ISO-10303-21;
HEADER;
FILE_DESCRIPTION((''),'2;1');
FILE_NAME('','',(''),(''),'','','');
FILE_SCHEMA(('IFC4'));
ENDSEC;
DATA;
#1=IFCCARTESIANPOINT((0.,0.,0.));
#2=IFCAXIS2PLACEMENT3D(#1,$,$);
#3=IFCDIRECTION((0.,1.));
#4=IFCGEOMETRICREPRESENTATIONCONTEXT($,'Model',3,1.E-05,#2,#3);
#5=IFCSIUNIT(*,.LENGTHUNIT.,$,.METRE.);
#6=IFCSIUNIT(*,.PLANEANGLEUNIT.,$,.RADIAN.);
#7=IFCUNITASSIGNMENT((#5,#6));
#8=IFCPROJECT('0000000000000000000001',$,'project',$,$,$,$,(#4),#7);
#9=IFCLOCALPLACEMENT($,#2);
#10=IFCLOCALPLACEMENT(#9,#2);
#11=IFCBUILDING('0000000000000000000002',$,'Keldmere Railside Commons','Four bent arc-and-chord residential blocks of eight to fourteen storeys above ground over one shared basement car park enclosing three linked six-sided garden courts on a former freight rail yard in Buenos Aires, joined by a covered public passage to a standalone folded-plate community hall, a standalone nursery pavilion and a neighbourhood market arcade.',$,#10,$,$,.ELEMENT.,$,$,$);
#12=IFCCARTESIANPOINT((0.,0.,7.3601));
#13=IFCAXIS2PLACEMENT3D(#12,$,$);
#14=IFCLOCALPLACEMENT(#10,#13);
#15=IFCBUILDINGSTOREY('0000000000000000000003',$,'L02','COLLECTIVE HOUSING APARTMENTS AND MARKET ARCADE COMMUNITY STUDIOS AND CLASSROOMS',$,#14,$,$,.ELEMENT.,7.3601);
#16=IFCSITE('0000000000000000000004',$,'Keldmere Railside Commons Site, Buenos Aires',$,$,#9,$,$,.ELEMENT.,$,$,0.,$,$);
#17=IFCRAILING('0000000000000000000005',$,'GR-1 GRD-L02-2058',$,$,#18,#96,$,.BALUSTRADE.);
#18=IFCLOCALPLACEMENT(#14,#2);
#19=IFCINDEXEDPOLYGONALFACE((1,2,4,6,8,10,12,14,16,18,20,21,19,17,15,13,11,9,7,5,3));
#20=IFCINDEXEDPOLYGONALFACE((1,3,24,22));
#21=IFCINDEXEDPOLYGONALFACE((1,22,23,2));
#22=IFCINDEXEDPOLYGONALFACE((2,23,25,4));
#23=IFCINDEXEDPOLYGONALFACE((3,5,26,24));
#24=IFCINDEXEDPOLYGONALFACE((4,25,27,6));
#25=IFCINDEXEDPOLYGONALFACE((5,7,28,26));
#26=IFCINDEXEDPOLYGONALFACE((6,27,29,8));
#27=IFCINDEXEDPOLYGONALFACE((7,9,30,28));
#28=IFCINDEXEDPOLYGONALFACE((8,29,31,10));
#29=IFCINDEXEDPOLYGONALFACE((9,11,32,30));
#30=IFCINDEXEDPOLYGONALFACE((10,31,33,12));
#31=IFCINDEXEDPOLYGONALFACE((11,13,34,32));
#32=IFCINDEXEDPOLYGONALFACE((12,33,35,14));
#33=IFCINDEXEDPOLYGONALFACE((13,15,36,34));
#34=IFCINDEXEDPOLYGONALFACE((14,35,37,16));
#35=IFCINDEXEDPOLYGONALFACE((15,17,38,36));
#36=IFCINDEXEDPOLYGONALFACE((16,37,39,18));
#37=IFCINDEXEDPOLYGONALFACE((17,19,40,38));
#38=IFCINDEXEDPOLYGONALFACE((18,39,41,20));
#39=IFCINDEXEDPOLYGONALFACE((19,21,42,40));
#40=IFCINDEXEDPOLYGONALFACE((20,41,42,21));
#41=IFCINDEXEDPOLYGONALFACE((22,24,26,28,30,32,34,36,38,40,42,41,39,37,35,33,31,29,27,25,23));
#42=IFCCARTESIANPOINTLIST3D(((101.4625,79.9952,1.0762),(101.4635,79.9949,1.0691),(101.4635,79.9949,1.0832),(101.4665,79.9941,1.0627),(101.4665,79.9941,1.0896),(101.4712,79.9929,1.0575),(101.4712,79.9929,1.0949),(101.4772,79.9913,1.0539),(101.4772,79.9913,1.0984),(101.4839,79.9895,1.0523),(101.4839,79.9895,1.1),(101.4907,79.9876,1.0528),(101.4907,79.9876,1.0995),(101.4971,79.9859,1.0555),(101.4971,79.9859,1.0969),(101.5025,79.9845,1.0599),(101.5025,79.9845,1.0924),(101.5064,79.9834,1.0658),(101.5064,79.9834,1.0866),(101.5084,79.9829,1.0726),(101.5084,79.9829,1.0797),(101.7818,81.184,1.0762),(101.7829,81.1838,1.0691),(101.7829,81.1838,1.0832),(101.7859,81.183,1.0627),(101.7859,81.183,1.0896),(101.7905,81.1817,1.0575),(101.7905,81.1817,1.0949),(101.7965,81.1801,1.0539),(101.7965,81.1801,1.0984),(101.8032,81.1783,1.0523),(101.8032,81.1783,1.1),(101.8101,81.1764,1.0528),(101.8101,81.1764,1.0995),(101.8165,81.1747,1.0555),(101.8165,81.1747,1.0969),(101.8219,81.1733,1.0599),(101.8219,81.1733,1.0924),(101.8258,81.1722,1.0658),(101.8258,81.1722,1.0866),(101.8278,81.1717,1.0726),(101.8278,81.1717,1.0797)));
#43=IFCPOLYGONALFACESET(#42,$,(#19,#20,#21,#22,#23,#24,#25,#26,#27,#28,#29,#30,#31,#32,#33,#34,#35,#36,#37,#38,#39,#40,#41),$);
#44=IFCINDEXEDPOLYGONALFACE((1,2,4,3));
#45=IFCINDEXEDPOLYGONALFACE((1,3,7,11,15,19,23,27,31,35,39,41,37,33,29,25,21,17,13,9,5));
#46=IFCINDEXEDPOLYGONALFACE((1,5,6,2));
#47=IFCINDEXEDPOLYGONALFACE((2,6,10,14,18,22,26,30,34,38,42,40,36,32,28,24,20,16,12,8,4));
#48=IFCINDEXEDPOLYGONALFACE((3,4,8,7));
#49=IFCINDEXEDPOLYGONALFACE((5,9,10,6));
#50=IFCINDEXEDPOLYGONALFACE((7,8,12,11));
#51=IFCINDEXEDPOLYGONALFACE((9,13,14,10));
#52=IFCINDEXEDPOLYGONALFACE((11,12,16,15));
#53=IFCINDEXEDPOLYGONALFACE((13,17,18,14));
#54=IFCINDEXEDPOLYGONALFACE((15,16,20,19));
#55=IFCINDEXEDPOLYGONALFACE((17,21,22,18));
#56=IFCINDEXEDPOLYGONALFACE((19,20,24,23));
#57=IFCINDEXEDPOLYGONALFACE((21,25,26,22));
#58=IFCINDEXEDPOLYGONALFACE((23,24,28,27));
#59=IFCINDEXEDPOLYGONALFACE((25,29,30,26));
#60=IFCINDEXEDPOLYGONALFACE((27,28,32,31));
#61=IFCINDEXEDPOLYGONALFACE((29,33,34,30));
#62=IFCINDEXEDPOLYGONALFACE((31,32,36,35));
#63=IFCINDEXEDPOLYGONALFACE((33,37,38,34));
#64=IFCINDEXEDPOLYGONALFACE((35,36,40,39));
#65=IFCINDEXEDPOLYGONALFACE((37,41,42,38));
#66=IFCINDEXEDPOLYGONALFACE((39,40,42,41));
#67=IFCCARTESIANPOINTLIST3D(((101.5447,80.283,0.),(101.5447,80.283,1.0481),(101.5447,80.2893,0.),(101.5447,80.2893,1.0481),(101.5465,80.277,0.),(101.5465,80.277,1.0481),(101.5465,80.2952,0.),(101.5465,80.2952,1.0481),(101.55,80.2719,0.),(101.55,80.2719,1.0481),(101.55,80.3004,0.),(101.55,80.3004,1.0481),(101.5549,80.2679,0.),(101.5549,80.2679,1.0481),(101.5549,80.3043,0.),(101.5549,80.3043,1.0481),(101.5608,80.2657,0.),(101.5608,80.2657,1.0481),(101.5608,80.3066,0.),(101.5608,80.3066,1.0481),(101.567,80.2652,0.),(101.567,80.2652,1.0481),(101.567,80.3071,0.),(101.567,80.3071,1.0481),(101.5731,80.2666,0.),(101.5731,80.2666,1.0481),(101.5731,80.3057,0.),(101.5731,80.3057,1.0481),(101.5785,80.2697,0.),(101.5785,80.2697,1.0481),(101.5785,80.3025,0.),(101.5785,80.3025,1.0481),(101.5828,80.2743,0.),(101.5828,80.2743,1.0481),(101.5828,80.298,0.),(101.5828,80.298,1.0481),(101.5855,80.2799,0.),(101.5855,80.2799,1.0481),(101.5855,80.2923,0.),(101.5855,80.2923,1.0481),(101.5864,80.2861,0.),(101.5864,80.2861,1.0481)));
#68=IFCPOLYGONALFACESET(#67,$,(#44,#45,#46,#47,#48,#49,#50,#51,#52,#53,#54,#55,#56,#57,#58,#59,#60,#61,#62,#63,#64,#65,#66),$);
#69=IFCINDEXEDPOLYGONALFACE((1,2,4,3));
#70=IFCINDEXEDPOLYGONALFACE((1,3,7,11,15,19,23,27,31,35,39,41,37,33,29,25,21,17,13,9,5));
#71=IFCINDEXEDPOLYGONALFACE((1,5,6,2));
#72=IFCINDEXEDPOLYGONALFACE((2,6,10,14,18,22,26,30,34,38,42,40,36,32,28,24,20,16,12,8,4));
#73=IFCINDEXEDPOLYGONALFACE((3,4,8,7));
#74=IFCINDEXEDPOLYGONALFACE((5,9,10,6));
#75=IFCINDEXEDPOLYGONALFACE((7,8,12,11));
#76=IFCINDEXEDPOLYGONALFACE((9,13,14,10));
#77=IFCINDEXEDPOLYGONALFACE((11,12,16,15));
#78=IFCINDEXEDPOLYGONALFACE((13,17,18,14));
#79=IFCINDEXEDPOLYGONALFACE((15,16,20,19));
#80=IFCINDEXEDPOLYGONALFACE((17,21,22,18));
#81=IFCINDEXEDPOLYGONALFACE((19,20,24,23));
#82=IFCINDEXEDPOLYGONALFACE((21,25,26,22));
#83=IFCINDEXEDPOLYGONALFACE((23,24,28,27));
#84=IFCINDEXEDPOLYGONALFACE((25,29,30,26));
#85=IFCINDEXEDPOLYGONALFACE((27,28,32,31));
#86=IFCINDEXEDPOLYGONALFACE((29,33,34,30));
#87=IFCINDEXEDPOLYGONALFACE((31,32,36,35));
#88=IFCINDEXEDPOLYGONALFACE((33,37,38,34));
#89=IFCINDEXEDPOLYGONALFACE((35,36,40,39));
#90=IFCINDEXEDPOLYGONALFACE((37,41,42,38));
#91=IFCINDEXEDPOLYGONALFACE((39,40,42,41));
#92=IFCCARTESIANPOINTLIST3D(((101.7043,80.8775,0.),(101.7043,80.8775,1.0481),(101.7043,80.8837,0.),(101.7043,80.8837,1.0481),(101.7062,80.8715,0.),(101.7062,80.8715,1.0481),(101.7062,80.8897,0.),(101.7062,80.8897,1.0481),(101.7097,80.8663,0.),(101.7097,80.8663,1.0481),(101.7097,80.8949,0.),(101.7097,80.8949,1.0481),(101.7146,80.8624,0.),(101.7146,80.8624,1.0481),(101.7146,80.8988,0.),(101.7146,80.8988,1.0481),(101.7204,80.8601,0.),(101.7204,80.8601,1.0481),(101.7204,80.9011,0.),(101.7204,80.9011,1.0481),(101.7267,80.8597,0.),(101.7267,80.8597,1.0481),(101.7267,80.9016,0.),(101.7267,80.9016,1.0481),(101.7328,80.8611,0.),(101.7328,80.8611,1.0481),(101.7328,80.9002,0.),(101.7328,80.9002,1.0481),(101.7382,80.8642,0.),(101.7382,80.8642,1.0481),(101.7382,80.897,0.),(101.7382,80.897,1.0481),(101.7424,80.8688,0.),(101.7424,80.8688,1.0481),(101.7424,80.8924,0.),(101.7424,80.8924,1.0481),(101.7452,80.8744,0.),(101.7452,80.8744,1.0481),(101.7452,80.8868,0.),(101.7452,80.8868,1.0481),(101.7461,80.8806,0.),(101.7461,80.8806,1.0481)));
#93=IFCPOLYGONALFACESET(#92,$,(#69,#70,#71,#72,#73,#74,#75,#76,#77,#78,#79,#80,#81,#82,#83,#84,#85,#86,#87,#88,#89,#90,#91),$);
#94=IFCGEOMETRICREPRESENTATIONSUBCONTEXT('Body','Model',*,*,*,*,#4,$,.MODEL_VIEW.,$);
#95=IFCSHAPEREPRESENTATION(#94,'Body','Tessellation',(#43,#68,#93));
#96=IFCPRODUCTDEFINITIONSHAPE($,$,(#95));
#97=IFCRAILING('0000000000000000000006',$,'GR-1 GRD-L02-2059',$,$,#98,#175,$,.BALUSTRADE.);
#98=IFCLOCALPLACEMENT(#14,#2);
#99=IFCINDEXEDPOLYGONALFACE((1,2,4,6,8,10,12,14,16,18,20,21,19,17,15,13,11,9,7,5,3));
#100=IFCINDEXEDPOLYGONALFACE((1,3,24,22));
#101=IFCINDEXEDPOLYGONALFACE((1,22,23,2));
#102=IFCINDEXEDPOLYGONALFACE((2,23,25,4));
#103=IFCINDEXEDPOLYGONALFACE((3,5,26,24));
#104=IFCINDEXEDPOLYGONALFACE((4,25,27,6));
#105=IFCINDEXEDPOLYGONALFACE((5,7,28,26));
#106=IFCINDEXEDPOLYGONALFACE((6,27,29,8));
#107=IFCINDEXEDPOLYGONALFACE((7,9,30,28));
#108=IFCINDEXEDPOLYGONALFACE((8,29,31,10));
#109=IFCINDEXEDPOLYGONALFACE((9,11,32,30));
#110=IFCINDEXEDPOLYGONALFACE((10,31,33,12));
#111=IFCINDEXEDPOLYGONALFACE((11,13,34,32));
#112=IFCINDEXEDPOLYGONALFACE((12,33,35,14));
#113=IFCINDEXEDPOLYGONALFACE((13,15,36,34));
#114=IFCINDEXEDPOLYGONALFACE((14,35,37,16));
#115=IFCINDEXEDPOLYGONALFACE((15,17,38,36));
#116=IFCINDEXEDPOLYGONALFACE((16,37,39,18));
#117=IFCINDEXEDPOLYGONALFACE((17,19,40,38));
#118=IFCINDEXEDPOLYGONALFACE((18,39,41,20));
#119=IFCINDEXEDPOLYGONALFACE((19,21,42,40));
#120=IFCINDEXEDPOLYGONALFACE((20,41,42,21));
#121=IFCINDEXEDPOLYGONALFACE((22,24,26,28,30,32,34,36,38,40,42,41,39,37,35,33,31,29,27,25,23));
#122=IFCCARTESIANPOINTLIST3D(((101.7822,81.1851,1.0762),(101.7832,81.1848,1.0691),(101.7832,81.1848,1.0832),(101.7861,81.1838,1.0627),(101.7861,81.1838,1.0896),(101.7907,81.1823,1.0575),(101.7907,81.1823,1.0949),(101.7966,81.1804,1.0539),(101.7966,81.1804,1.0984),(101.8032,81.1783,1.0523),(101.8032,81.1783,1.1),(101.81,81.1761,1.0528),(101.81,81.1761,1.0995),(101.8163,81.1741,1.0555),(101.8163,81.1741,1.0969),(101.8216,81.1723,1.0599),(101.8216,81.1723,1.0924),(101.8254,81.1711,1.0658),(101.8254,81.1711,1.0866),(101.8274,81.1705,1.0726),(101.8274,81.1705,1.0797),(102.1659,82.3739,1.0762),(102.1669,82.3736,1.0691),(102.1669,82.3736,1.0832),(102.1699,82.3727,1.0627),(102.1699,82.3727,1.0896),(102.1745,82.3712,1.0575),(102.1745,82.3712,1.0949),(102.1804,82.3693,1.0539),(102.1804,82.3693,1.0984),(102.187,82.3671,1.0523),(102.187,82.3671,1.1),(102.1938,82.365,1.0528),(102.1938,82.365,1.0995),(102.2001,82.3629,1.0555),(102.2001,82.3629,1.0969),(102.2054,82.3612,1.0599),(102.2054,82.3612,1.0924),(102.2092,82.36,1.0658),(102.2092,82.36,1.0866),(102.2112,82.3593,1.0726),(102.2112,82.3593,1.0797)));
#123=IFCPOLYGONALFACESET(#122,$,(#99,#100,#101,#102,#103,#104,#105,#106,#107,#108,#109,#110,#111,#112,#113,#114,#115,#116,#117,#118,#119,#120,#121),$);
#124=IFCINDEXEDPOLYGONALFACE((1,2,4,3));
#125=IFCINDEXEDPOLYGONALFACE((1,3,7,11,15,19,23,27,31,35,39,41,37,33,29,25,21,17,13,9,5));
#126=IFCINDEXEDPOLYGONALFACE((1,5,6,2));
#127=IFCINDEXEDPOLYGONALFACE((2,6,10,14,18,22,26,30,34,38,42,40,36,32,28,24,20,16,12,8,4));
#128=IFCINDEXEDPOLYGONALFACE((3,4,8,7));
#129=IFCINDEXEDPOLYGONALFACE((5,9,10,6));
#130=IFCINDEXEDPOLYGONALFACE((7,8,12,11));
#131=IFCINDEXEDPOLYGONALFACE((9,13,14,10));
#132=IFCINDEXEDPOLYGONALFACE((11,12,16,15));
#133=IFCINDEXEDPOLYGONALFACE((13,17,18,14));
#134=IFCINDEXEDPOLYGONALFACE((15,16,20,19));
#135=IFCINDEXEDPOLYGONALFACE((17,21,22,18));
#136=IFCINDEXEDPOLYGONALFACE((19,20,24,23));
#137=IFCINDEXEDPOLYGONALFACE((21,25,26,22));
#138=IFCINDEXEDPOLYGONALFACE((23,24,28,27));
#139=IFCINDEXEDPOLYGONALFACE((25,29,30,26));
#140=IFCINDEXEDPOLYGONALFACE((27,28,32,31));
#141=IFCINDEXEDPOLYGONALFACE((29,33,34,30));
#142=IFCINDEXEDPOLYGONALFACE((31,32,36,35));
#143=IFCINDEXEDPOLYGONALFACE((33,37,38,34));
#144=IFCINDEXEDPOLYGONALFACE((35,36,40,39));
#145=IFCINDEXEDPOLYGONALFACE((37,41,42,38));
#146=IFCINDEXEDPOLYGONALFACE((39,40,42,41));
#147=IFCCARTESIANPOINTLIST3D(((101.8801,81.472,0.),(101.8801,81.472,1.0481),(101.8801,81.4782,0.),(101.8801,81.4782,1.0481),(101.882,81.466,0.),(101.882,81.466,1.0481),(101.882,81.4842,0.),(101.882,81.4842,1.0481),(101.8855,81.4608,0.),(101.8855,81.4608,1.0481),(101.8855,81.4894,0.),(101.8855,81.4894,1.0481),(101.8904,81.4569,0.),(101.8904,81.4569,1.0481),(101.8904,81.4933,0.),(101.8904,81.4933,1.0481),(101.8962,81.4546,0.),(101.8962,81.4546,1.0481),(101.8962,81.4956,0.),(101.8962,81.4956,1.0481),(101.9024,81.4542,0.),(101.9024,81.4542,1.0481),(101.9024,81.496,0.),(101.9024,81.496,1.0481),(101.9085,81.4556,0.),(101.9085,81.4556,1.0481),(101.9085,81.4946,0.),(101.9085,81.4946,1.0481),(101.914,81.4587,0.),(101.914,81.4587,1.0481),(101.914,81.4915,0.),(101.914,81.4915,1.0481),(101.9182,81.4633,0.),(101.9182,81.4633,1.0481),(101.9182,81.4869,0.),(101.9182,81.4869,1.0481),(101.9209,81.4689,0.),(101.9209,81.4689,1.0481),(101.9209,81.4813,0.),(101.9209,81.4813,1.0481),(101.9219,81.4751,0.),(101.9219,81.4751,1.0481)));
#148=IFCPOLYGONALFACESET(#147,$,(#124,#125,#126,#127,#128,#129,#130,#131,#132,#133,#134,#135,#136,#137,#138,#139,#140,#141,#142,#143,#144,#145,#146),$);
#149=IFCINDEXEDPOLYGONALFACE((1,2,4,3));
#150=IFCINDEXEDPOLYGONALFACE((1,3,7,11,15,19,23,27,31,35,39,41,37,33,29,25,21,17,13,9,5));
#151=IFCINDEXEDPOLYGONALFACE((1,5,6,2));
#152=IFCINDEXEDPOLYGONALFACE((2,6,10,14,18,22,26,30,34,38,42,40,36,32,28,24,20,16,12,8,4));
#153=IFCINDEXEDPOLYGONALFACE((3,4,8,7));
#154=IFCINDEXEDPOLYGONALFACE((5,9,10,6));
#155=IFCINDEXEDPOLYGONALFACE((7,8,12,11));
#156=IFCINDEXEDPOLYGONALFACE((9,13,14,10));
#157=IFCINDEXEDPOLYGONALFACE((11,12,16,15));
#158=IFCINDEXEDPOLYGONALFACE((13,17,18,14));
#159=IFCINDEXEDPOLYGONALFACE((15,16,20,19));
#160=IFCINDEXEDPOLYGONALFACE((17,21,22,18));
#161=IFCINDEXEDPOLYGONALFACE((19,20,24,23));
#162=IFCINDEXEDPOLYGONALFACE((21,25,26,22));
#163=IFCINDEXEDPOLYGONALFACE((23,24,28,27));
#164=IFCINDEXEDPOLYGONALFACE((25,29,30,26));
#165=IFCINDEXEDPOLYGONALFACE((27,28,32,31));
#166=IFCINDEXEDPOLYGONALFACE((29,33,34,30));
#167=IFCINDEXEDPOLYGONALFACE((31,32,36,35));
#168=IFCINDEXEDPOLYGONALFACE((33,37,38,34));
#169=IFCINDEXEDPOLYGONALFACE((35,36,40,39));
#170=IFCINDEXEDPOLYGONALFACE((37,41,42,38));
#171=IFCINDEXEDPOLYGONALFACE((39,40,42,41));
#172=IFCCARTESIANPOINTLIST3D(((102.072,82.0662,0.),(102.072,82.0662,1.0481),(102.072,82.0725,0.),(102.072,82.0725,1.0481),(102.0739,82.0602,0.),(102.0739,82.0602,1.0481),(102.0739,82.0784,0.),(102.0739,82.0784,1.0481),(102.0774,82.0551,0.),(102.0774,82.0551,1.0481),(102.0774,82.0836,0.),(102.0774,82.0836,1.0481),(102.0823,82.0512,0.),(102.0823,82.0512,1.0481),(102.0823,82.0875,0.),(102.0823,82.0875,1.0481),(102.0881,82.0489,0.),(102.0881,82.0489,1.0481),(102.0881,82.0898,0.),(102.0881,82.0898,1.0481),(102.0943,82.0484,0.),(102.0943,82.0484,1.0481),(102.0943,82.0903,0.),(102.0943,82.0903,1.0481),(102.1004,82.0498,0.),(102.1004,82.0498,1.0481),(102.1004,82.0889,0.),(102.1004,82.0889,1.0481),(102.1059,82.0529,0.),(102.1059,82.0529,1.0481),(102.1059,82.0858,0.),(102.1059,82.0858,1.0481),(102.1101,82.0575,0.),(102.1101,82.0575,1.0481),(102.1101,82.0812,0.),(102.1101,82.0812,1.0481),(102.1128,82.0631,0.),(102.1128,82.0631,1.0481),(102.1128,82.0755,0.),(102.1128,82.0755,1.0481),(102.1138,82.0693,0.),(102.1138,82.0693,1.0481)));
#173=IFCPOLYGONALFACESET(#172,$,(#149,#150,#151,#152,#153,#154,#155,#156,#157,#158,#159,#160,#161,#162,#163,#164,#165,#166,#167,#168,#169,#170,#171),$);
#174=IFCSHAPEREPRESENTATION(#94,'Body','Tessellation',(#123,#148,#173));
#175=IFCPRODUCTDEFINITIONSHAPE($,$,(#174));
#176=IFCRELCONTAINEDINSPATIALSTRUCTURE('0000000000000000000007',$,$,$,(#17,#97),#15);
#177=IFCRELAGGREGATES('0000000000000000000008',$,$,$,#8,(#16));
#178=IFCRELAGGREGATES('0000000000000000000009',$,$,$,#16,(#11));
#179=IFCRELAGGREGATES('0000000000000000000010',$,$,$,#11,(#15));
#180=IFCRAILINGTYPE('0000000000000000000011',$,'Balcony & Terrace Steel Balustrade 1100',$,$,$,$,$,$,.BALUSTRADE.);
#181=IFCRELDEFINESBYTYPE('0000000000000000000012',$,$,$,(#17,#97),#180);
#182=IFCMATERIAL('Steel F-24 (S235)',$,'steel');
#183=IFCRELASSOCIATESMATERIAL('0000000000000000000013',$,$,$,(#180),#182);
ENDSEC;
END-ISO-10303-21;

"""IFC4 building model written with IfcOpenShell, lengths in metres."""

from ifc_helpers import new_model, si_unit, direction, frame, origin, origin_2d, place, context, subcontext, project, spatial, circle, extrude, material, type_object, element, save


model = new_model("IFC4")

# Units and contexts
model_context = context("Model", 3, precision=1e-05, world=origin(), true_north=direction((0.0, 1.0)))
body_context = subcontext(model_context, "Body", "Model", "MODEL_VIEW")
ifc_project = project(units=[si_unit("LENGTHUNIT", "METRE"), si_unit("PLANEANGLEUNIT", "RADIAN")], contexts=[model_context])

# Site, building, storey
site_placement = place(None, origin())
site = spatial("IfcSite", under=ifc_project, at=site_placement, Name="Keldmere Railside Commons Site, Buenos Aires", CompositionType="ELEMENT", RefElevation=0.0)
building_placement = place(site_placement, origin())
building = spatial("IfcBuilding", under=site, at=building_placement, Name="Keldmere Railside Commons", Description="Four bent arc-and-chord residential blocks of eight to fourteen storeys above ground over one shared basement car park enclosing three linked six-sided garden courts on a former freight rail yard in Buenos Aires, joined by a covered public passage to a standalone folded-plate community hall, a standalone nursery pavilion and a neighbourhood market arcade.", CompositionType="ELEMENT")
storey_placement = place(building_placement, frame((0.0, 0.0, 7.3601)))
storey = spatial("IfcBuildingStorey", under=building, at=storey_placement, Name="L02", Description="COLLECTIVE HOUSING APARTMENTS AND MARKET ARCADE COMMUNITY STUDIOS AND CLASSROOMS", CompositionType="ELEMENT", Elevation=7.3601)

# Shared definitions
ifc_material_1 = material(Name="Steel F-24 (S235)", Category="steel")

# Railings
railing_type = type_object("IfcRailingType", Name="Balcony & Terrace Steel Balustrade 1100", PredefinedType="BALUSTRADE", material=ifc_material_1)
railing_1_placement = place(storey_placement, frame((101.4856, 79.989, 0.0)))
element("IfcRailing", 1, at=railing_1_placement, inside=storey, type_object=railing_type, Name="GR-1 GRD-L02-2058", PredefinedType="BALUSTRADE", context=body_context, shape_type="SweptSolid", body=[
    extrude(circle(Radius=0.0239, at=origin_2d()), frame((0.0, 0.0, 1.0762), z_axis=(0.25944, 0.965759, 0.0), x_axis=(-0.965759, 0.25944, 0.0)), (0.0, 0.0, 1.0), 1.231),
    extrude(circle(Radius=0.021, at=origin_2d()), frame((0.0798, 0.2971, 0.0)), (0.0, 0.0, 1.0), 1.0481),
    extrude(circle(Radius=0.021, at=origin_2d()), frame((0.2395, 0.8916, 0.0)), (0.0, 0.0, 1.0), 1.0481),
])
railing_2_placement = place(storey_placement, frame((101.8049, 81.1777, 0.0)))
element("IfcRailing", 2, at=railing_2_placement, inside=storey, type_object=railing_type, Name="GR-1 GRD-L02-2059", PredefinedType="BALUSTRADE", context=body_context, shape_type="SweptSolid", body=[
    extrude(circle(Radius=0.0239, at=origin_2d()), frame((0.0, 0.0, 1.0762), z_axis=(0.307185, 0.95165, 0.0), x_axis=(-0.95165, 0.307185, 0.0)), (0.0, 0.0, 1.0), 1.2493),
    extrude(circle(Radius=0.021, at=origin_2d()), frame((0.0959, 0.2974, 0.0)), (0.0, 0.0, 1.0), 1.0481),
    extrude(circle(Radius=0.021, at=origin_2d()), frame((0.2878, 0.8916, 0.0)), (0.0, 0.0, 1.0), 1.0481),
])

save(model, "model.ifc")
